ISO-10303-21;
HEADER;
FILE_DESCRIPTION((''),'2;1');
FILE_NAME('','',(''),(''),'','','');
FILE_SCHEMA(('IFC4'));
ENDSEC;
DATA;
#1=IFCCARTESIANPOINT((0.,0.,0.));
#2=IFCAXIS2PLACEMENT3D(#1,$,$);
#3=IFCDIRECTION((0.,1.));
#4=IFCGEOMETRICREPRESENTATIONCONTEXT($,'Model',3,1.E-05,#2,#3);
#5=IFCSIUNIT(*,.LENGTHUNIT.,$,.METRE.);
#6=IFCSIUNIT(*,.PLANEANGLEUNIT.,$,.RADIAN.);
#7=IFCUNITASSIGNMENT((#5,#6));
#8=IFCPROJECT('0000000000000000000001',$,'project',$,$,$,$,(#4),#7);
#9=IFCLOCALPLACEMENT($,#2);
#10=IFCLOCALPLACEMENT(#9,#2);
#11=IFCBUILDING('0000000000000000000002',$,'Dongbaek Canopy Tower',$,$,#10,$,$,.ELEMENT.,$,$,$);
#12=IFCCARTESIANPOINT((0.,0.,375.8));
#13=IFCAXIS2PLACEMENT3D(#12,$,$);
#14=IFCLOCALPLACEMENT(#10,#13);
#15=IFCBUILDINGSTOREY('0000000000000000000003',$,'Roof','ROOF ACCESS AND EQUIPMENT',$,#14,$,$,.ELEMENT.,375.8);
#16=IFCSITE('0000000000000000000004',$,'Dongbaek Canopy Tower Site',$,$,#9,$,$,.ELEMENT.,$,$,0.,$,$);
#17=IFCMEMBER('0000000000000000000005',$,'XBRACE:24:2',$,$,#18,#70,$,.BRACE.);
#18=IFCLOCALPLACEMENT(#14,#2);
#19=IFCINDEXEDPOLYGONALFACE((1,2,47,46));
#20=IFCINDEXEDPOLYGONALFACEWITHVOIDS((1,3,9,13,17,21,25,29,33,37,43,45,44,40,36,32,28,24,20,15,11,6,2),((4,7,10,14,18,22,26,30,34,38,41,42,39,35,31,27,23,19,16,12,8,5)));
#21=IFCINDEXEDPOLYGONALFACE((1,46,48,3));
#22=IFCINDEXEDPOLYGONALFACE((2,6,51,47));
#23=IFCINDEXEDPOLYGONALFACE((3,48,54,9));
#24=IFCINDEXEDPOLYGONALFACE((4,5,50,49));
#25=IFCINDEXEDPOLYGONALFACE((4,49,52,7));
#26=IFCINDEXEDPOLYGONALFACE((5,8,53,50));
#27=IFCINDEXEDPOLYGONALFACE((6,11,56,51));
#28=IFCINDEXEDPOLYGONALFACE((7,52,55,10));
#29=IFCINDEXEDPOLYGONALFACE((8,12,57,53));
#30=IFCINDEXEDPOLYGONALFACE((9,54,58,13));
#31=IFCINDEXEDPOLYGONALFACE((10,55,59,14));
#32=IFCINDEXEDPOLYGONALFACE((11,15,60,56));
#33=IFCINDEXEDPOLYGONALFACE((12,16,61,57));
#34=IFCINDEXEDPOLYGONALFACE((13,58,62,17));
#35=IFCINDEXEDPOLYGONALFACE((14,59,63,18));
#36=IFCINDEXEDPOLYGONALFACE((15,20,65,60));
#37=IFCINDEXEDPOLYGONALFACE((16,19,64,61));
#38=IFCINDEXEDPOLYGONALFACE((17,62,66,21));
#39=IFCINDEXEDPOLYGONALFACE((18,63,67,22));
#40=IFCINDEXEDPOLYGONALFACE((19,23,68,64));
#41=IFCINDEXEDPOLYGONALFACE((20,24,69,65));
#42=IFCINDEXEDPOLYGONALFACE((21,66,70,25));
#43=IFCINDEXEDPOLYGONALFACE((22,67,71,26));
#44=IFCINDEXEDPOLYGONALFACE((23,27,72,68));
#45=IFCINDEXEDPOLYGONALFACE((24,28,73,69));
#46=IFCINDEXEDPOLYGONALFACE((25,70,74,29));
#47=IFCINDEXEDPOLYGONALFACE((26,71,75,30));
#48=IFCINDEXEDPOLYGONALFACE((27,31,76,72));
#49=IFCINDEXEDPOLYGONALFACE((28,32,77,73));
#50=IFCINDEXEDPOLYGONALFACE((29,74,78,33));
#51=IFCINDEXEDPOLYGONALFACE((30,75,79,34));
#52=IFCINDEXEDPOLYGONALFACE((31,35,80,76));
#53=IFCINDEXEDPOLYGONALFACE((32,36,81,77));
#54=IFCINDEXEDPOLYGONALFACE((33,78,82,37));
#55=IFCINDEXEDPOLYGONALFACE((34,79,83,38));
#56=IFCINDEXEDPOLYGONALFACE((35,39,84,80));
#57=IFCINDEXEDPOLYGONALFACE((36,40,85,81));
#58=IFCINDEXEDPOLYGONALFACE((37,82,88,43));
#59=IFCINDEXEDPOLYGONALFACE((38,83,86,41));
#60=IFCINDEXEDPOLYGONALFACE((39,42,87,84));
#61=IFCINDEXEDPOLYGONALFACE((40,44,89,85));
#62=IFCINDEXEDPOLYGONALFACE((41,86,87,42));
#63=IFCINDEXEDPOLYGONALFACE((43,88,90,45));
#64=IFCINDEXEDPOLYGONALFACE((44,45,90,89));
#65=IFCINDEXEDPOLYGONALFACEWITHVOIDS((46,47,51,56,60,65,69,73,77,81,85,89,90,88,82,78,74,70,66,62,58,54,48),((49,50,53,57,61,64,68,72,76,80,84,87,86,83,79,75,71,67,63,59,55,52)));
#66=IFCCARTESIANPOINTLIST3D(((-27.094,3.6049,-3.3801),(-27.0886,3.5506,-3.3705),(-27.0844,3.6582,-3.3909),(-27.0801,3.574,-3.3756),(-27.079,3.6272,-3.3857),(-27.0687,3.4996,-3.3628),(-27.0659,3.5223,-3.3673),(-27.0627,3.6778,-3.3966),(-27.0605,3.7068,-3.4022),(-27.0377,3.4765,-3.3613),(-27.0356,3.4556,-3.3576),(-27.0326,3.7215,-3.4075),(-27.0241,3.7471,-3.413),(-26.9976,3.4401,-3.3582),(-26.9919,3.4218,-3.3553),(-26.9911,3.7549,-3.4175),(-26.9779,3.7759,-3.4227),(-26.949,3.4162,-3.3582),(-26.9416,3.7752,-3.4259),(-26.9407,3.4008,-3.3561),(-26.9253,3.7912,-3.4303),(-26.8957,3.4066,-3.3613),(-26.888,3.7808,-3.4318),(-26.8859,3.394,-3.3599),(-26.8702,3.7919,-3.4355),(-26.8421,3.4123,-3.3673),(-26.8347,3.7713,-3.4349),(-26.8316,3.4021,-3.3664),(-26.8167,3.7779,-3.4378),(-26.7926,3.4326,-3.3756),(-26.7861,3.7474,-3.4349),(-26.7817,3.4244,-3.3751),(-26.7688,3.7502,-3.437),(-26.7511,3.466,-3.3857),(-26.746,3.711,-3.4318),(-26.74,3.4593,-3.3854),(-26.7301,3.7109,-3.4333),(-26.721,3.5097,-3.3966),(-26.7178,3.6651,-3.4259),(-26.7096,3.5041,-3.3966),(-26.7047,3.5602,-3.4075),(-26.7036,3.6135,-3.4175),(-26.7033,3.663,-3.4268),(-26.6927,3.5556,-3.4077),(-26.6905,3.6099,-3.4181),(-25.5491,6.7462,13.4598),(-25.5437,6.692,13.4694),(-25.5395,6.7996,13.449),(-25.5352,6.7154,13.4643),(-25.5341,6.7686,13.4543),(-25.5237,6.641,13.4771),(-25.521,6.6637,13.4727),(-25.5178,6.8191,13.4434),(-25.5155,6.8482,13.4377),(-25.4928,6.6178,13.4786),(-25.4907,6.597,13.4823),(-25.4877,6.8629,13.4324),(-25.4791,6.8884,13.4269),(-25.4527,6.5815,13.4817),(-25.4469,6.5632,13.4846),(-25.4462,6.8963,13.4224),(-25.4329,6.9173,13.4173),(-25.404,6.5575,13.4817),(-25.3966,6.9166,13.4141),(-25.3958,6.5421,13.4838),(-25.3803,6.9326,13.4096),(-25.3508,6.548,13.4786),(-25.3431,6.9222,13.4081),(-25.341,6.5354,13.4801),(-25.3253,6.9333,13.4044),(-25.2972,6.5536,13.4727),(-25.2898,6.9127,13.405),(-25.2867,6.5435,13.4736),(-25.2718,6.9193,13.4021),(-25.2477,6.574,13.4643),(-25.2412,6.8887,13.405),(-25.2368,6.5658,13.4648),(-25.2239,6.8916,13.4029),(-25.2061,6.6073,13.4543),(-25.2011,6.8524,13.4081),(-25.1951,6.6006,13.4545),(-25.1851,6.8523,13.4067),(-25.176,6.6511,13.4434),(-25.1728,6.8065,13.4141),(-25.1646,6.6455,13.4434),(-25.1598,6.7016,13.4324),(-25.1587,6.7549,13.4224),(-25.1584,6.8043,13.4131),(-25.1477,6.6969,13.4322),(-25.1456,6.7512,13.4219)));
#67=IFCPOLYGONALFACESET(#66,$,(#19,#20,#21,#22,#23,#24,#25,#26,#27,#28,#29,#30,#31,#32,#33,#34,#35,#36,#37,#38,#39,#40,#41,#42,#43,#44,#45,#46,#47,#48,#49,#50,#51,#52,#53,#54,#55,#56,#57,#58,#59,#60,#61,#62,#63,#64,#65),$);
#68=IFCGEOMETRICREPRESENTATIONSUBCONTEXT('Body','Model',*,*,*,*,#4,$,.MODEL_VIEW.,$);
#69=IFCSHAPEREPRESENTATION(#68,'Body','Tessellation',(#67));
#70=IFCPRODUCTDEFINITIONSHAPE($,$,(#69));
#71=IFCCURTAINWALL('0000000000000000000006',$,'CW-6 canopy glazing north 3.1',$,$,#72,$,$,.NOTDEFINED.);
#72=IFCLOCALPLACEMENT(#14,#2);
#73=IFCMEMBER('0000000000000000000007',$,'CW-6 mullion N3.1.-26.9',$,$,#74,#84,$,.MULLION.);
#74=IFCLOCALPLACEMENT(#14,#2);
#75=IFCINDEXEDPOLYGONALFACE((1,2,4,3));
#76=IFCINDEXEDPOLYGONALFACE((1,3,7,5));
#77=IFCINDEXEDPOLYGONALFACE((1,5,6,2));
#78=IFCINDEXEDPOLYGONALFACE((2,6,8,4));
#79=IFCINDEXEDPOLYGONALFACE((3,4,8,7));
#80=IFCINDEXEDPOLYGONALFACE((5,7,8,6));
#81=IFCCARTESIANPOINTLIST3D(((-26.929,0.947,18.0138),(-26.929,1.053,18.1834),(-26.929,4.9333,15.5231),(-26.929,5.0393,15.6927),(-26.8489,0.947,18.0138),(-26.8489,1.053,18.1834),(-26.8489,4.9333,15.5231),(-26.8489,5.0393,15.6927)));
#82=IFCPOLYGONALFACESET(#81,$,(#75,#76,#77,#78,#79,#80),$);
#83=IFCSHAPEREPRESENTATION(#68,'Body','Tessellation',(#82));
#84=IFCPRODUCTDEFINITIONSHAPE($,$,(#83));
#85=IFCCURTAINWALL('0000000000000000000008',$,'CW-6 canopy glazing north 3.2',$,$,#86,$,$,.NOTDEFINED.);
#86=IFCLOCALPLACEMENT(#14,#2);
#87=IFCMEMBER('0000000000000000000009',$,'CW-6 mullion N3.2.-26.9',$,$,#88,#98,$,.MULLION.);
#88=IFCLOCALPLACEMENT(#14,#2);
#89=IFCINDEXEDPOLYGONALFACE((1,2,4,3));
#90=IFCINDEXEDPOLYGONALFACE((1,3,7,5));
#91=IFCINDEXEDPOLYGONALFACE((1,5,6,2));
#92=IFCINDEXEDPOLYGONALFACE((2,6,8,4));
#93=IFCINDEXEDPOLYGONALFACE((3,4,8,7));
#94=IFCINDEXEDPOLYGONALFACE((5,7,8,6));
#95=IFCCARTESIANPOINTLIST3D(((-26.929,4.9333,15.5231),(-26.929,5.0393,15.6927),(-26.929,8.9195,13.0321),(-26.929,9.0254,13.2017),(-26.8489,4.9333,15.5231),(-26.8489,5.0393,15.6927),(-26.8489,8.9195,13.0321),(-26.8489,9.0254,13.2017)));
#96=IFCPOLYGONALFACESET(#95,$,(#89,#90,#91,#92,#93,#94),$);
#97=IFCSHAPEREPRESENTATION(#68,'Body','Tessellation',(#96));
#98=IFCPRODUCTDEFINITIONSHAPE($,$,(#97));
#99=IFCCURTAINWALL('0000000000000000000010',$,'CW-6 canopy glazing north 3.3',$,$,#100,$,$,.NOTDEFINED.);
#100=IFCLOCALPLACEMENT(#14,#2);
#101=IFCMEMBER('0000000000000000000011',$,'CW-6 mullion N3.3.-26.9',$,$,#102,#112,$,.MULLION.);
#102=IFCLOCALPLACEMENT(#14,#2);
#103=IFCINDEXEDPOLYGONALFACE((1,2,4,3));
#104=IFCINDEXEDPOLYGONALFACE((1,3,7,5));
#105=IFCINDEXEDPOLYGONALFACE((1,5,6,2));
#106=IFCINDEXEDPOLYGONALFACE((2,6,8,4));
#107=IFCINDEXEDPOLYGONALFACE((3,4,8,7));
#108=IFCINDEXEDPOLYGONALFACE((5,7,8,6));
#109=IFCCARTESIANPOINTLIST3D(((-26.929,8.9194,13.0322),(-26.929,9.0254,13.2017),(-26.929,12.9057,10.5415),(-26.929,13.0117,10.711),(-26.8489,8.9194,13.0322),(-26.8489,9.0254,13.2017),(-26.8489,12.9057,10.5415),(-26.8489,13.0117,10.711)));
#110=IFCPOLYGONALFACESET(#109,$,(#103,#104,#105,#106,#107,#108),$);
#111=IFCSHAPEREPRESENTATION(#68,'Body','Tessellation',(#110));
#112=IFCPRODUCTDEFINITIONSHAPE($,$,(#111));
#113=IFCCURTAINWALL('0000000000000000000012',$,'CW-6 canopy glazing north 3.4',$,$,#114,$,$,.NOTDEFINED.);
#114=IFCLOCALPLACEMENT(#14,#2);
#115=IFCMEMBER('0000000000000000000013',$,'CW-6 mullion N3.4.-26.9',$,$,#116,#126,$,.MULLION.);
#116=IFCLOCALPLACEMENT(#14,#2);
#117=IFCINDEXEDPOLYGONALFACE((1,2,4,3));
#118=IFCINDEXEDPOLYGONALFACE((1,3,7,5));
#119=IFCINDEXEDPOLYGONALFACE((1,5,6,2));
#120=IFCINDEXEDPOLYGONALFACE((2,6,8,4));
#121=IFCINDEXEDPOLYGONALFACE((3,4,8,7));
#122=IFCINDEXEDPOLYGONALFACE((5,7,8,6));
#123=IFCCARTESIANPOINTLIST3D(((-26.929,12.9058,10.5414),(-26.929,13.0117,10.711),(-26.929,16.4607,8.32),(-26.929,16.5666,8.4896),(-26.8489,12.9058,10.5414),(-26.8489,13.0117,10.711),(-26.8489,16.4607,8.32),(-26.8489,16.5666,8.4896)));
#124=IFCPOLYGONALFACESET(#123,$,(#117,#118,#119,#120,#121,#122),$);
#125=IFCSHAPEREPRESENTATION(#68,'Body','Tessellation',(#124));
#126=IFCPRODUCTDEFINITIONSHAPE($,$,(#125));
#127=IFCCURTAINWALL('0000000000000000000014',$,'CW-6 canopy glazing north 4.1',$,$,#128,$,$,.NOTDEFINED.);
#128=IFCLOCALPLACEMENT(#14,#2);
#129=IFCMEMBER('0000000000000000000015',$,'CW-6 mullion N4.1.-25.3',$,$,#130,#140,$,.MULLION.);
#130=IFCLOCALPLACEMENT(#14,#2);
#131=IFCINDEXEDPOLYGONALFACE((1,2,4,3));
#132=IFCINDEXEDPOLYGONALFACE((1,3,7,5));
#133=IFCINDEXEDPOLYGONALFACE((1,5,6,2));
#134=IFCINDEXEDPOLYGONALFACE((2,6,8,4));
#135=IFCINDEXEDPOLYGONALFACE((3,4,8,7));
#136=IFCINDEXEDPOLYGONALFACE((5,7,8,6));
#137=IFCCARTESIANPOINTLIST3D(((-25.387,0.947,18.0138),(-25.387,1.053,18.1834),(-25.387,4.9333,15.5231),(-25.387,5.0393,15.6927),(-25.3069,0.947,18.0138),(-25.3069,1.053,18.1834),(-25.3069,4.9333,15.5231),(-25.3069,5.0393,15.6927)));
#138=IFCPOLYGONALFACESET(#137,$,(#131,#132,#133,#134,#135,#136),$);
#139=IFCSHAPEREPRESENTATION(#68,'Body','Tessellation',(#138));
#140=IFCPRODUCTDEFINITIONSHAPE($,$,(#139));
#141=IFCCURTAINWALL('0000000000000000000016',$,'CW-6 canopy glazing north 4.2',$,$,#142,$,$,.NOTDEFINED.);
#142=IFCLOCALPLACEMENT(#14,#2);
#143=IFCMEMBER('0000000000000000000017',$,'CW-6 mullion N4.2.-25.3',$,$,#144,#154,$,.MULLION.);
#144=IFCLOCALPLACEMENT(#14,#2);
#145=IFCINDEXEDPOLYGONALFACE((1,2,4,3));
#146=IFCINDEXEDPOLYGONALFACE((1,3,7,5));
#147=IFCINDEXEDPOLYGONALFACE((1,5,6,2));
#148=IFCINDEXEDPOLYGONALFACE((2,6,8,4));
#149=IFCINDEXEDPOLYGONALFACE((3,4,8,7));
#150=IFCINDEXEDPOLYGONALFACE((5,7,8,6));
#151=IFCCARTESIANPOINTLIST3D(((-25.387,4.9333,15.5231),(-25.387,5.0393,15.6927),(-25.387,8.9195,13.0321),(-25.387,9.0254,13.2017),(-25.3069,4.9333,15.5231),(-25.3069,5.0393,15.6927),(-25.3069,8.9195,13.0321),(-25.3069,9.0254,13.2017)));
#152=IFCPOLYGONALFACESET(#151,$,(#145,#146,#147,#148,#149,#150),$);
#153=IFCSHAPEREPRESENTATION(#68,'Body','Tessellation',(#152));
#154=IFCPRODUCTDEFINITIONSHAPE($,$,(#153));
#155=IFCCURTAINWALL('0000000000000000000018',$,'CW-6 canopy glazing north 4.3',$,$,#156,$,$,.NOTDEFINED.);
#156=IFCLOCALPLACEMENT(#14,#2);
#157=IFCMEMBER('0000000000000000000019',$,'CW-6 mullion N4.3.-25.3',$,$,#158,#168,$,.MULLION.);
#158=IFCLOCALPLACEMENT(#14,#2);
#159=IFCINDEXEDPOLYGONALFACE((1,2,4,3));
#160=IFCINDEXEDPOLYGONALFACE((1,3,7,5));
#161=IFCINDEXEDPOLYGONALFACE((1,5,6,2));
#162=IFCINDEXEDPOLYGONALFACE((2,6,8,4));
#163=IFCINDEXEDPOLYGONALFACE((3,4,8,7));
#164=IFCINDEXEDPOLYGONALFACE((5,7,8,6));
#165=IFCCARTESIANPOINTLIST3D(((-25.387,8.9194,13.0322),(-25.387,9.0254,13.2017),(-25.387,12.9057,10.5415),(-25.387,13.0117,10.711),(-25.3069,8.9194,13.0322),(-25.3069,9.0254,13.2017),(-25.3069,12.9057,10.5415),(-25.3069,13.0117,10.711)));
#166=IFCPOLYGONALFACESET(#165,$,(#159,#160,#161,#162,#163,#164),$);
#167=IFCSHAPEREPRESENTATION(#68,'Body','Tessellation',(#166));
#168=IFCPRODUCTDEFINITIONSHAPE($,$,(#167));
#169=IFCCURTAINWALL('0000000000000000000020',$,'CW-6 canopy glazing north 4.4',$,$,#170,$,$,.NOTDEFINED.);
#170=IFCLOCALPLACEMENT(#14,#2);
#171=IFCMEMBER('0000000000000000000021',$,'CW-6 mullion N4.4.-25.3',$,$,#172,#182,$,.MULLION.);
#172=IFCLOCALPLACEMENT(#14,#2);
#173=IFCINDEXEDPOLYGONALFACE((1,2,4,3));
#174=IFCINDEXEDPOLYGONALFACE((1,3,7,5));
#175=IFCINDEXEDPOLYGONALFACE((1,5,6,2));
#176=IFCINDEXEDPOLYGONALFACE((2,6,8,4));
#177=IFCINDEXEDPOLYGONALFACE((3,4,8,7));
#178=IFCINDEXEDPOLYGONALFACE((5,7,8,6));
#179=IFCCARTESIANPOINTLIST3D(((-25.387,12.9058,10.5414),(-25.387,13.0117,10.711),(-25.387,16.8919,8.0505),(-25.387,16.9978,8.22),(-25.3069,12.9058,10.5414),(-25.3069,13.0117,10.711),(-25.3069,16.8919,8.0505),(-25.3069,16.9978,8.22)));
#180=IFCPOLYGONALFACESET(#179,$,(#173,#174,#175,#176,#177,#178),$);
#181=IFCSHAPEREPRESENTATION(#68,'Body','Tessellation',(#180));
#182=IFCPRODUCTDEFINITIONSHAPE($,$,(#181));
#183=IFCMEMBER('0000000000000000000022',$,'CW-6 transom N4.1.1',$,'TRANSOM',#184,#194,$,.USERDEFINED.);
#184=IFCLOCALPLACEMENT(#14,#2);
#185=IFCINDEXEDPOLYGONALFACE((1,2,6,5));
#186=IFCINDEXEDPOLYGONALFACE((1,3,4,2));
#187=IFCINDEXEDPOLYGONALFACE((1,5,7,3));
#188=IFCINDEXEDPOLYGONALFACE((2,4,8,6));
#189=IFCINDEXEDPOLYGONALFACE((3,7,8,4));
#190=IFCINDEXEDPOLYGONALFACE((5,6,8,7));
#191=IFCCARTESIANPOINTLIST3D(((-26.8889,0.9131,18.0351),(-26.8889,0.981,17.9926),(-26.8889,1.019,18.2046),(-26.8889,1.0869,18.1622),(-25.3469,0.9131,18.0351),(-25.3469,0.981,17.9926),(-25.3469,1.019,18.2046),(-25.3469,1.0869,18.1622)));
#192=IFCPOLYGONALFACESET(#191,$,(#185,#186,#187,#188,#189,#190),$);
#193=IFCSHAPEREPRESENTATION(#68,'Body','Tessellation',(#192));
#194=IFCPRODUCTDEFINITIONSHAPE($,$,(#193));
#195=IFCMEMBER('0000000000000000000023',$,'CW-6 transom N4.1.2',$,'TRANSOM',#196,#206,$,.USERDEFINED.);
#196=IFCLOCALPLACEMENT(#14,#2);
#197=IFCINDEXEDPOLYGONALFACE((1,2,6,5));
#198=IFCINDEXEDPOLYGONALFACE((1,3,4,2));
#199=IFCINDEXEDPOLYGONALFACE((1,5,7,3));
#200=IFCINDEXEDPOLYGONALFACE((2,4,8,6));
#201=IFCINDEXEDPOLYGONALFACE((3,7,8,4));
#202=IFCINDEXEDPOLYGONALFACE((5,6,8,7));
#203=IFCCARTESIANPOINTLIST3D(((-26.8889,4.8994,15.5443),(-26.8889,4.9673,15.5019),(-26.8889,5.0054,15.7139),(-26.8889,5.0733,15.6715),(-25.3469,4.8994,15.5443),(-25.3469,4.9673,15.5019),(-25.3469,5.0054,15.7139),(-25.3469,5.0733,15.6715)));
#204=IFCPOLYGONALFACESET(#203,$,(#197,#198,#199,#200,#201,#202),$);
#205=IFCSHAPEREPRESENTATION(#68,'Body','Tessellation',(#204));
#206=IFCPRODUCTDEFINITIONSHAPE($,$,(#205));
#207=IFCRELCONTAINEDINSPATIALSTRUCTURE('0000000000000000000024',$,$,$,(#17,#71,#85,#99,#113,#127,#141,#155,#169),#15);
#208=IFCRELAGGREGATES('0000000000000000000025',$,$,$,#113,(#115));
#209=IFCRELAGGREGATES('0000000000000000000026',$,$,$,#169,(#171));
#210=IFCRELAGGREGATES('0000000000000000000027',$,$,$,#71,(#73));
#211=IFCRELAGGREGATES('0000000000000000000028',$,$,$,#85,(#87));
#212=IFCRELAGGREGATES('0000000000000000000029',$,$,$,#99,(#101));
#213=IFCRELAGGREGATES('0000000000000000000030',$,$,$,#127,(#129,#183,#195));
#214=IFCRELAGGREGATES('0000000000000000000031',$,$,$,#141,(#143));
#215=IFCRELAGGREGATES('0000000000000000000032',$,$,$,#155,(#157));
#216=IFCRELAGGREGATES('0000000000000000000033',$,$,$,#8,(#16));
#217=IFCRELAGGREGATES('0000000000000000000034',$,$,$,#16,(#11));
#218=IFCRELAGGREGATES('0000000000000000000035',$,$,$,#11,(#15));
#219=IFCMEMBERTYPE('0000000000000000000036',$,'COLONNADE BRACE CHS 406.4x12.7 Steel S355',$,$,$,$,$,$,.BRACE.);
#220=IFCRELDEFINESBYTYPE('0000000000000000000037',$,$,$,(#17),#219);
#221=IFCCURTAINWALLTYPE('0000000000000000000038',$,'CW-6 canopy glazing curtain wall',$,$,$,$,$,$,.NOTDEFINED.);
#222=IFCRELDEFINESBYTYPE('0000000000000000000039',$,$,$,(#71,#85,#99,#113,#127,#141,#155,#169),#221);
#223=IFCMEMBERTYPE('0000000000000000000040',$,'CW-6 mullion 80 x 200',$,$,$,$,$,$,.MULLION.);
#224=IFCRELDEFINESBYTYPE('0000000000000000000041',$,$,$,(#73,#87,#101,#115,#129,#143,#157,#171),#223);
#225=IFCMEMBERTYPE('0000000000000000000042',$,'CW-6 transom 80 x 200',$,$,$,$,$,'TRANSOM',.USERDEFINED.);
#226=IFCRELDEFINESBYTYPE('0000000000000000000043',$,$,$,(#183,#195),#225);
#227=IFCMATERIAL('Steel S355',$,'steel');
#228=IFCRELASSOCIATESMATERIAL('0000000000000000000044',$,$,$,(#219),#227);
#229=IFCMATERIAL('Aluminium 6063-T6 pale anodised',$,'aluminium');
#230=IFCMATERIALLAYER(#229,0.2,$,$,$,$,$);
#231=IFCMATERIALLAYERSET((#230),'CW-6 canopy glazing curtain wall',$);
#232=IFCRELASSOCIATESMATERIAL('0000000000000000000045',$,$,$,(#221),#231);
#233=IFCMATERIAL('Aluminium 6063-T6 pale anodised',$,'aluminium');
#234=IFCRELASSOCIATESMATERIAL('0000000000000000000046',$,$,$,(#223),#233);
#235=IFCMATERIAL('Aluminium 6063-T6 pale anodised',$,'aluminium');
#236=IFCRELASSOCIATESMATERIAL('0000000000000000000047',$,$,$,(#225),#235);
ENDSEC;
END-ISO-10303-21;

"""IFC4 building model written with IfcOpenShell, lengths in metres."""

from ifc_helpers import new_model, si_unit, direction, frame, origin, origin_2d, place, context, subcontext, project, spatial, rectangle, hollow_circle, extrude, material, layer, layer_set, material_profile, profile_set, type_object, element, aggregate, save


model = new_model("IFC4")

# Units and contexts
model_context = context("Model", 3, precision=1e-05, world=origin(), true_north=direction((0.0, 1.0)))
body_context = subcontext(model_context, "Body", "Model", "MODEL_VIEW")
ifc_project = project(units=[si_unit("LENGTHUNIT", "METRE"), si_unit("PLANEANGLEUNIT", "RADIAN")], contexts=[model_context])

# Site, building, storey
site_placement = place(None, origin())
site = spatial("IfcSite", under=ifc_project, at=site_placement, Name="Dongbaek Canopy Tower Site", CompositionType="ELEMENT", RefElevation=0.0)
building_placement = place(site_placement, origin())
building = spatial("IfcBuilding", under=site, at=building_placement, Name="Dongbaek Canopy Tower", CompositionType="ELEMENT")
storey_placement = place(building_placement, frame((0.0, 0.0, 375.8)))
storey = spatial("IfcBuildingStorey", under=building, at=storey_placement, Name="Roof", Description="ROOF ACCESS AND EQUIPMENT", CompositionType="ELEMENT", Elevation=375.8)

# Member
ifc_material_1 = material(Name="Steel S355", Category="steel")
ifc_material_profile_1 = material_profile(ifc_material_1, hollow_circle(Radius=0.2031, WallThickness=0.0127, at=origin_2d()), Name="COLONNADE BRACE CHS 406.4x12.7 Steel S355")
ifc_profile_set_1 = profile_set([ifc_material_profile_1], Name="Steel S355")
member_type_1 = type_object("IfcMemberType", Name="COLONNADE BRACE CHS 406.4x12.7 Steel S355", PredefinedType="BRACE", material=ifc_profile_set_1)
member_1_placement = place(storey_placement, frame((-25.3469, 6.7351, 13.4434), z_axis=(-0.089822, -0.182639, -0.979069), x_axis=(0.897351, -0.441318, 0.0)))
element("IfcMember", 1, at=member_1_placement, inside=storey, type_object=member_type_1, Name="XBRACE:24:2", PredefinedType="BRACE", context=body_context, shape_type="SweptSolid", body=[
    extrude(hollow_circle(Radius=0.2031, WallThickness=0.0127, at=origin_2d()), origin(), (0.0, 0.0, 1.0), 17.2),
])

# Curtain walls, members
ifc_material_2 = material(Name="Aluminium 6063-T6 pale anodised", Category="aluminium")
ifc_layer_1 = layer(ifc_material_2, 0.2)
ifc_layer_set_1 = layer_set([ifc_layer_1], Name="CW-6 canopy glazing curtain wall")
curtain_wall_type = type_object("IfcCurtainWallType", Name="CW-6 canopy glazing curtain wall", PredefinedType="NOTDEFINED", material=ifc_layer_set_1)
curtain_wall_1_placement = place(storey_placement, origin())
curtain_wall_1 = element("IfcCurtainWall", 2, at=curtain_wall_1_placement, inside=storey, type_object=curtain_wall_type, Name="CW-6 canopy glazing north 3.1", PredefinedType="NOTDEFINED")
ifc_material_3 = material(Name="Aluminium 6063-T6 pale anodised", Category="aluminium")
ifc_material_profile_2 = material_profile(ifc_material_3, rectangle(XDim=0.0801, YDim=0.2, at=origin_2d()), Name="CW-6 mullion 80 x 200")
ifc_profile_set_2 = profile_set([ifc_material_profile_2], Name="Aluminium 6063-T6 pale anodised")
member_type_2 = type_object("IfcMemberType", Name="CW-6 mullion 80 x 200", PredefinedType="MULLION", material=ifc_profile_set_2)
member_2_placement = place(storey_placement, frame((-26.8889, 1.0, 18.0986), z_axis=(0.0, 0.848068, -0.529887), x_axis=(-1.0, 0.0, 0.0)))
member_2 = element("IfcMember", 3, at=member_2_placement, type_object=member_type_2, Name="CW-6 mullion N3.1.-26.9", PredefinedType="MULLION", context=body_context, shape_type="SweptSolid", body=[
    extrude(rectangle(XDim=0.0801, YDim=0.2, at=origin_2d()), origin(), (0.0, 0.0, 1.0), 4.7004),
])
curtain_wall_2_placement = place(storey_placement, origin())
curtain_wall_2 = element("IfcCurtainWall", 4, at=curtain_wall_2_placement, inside=storey, type_object=curtain_wall_type, Name="CW-6 canopy glazing north 3.2", PredefinedType="NOTDEFINED")
member_3_placement = place(storey_placement, frame((-26.8889, 4.9863, 15.6079), z_axis=(0.0, 0.84803, -0.529948), x_axis=(-1.0, 0.0, 0.0)))
member_3 = element("IfcMember", 5, at=member_3_placement, type_object=member_type_2, Name="CW-6 mullion N3.2.-26.9", PredefinedType="MULLION", context=body_context, shape_type="SweptSolid", body=[
    extrude(rectangle(XDim=0.0801, YDim=0.2, at=origin_2d()), origin(), (0.0, 0.0, 1.0), 4.7004),
])
curtain_wall_3_placement = place(storey_placement, origin())
curtain_wall_3 = element("IfcCurtainWall", 6, at=curtain_wall_3_placement, inside=storey, type_object=curtain_wall_type, Name="CW-6 canopy glazing north 3.3", PredefinedType="NOTDEFINED")
member_4_placement = place(storey_placement, frame((-26.8889, 8.9724, 13.1169), z_axis=(0.0, 0.848068, -0.529887), x_axis=(-1.0, 0.0, 0.0)))
member_4 = element("IfcMember", 7, at=member_4_placement, type_object=member_type_2, Name="CW-6 mullion N3.3.-26.9", PredefinedType="MULLION", context=body_context, shape_type="SweptSolid", body=[
    extrude(rectangle(XDim=0.0801, YDim=0.2, at=origin_2d()), origin(), (0.0, 0.0, 1.0), 4.7004),
])
curtain_wall_4_placement = place(storey_placement, origin())
curtain_wall_4 = element("IfcCurtainWall", 8, at=curtain_wall_4_placement, inside=storey, type_object=curtain_wall_type, Name="CW-6 canopy glazing north 3.4", PredefinedType="NOTDEFINED")
member_5_placement = place(storey_placement, frame((-26.8889, 12.9587, 10.6262), z_axis=(0.0, 0.848041, -0.529931), x_axis=(-1.0, 0.0, 0.0)))
member_5 = element("IfcMember", 9, at=member_5_placement, type_object=member_type_2, Name="CW-6 mullion N3.4.-26.9", PredefinedType="MULLION", context=body_context, shape_type="SweptSolid", body=[
    extrude(rectangle(XDim=0.0801, YDim=0.2, at=origin_2d()), origin(), (0.0, 0.0, 1.0), 4.1919),
])
aggregate(curtain_wall_4, [member_5])
curtain_wall_5_placement = place(storey_placement, origin())
curtain_wall_5 = element("IfcCurtainWall", 10, at=curtain_wall_5_placement, inside=storey, type_object=curtain_wall_type, Name="CW-6 canopy glazing north 4.1", PredefinedType="NOTDEFINED")
member_6_placement = place(storey_placement, frame((-25.3469, 1.0, 18.0986), z_axis=(0.0, 0.848068, -0.529887), x_axis=(-1.0, 0.0, 0.0)))
member_6 = element("IfcMember", 11, at=member_6_placement, type_object=member_type_2, Name="CW-6 mullion N4.1.-25.3", PredefinedType="MULLION", context=body_context, shape_type="SweptSolid", body=[
    extrude(rectangle(XDim=0.0801, YDim=0.2, at=origin_2d()), origin(), (0.0, 0.0, 1.0), 4.7004),
])
curtain_wall_6_placement = place(storey_placement, origin())
curtain_wall_6 = element("IfcCurtainWall", 12, at=curtain_wall_6_placement, inside=storey, type_object=curtain_wall_type, Name="CW-6 canopy glazing north 4.2", PredefinedType="NOTDEFINED")
member_7_placement = place(storey_placement, frame((-25.3469, 4.9863, 15.6079), z_axis=(0.0, 0.84803, -0.529948), x_axis=(-1.0, 0.0, 0.0)))
member_7 = element("IfcMember", 13, at=member_7_placement, type_object=member_type_2, Name="CW-6 mullion N4.2.-25.3", PredefinedType="MULLION", context=body_context, shape_type="SweptSolid", body=[
    extrude(rectangle(XDim=0.0801, YDim=0.2, at=origin_2d()), origin(), (0.0, 0.0, 1.0), 4.7004),
])
curtain_wall_7_placement = place(storey_placement, origin())
curtain_wall_7 = element("IfcCurtainWall", 14, at=curtain_wall_7_placement, inside=storey, type_object=curtain_wall_type, Name="CW-6 canopy glazing north 4.3", PredefinedType="NOTDEFINED")
member_8_placement = place(storey_placement, frame((-25.3469, 8.9724, 13.1169), z_axis=(0.0, 0.848068, -0.529887), x_axis=(-1.0, 0.0, 0.0)))
member_8 = element("IfcMember", 15, at=member_8_placement, type_object=member_type_2, Name="CW-6 mullion N4.3.-25.3", PredefinedType="MULLION", context=body_context, shape_type="SweptSolid", body=[
    extrude(rectangle(XDim=0.0801, YDim=0.2, at=origin_2d()), origin(), (0.0, 0.0, 1.0), 4.7004),
])
curtain_wall_8_placement = place(storey_placement, origin())
curtain_wall_8 = element("IfcCurtainWall", 16, at=curtain_wall_8_placement, inside=storey, type_object=curtain_wall_type, Name="CW-6 canopy glazing north 4.4", PredefinedType="NOTDEFINED")
member_9_placement = place(storey_placement, frame((-25.3469, 12.9587, 10.6262), z_axis=(0.0, 0.84803, -0.529948), x_axis=(-1.0, 0.0, 0.0)))
member_9 = element("IfcMember", 17, at=member_9_placement, type_object=member_type_2, Name="CW-6 mullion N4.4.-25.3", PredefinedType="MULLION", context=body_context, shape_type="SweptSolid", body=[
    extrude(rectangle(XDim=0.0801, YDim=0.2, at=origin_2d()), origin(), (0.0, 0.0, 1.0), 4.7004),
])
aggregate(curtain_wall_8, [member_9])

# Members
ifc_material_4 = material(Name="Aluminium 6063-T6 pale anodised", Category="aluminium")
ifc_material_profile_3 = material_profile(ifc_material_4, rectangle(XDim=0.0801, YDim=0.2, at=origin_2d()), Name="CW-6 transom 80 x 200")
ifc_profile_set_3 = profile_set([ifc_material_profile_3], Name="Aluminium 6063-T6 pale anodised")
member_type_3 = type_object("IfcMemberType", Name="CW-6 transom 80 x 200", ElementType="TRANSOM", PredefinedType="USERDEFINED", material=ifc_profile_set_3)
member_10_placement = place(storey_placement, frame((-26.8889, 1.0, 18.0986), z_axis=(1.0, 0.0, 0.0), x_axis=(0.0, 0.848048, -0.529919)))
member_10 = element("IfcMember", 18, at=member_10_placement, type_object=member_type_3, Name="CW-6 transom N4.1.1", ObjectType="TRANSOM", PredefinedType="USERDEFINED", context=body_context, shape_type="SweptSolid", body=[
    extrude(rectangle(XDim=0.0801, YDim=0.2, at=origin_2d()), origin(), (0.0, 0.0, 1.0), 1.542),
])
member_11_placement = place(storey_placement, frame((-26.8889, 4.9863, 15.6079), z_axis=(1.0, 0.0, 0.0), x_axis=(0.0, 0.848048, -0.529919)))
member_11 = element("IfcMember", 19, at=member_11_placement, type_object=member_type_3, Name="CW-6 transom N4.1.2", ObjectType="TRANSOM", PredefinedType="USERDEFINED", context=body_context, shape_type="SweptSolid", body=[
    extrude(rectangle(XDim=0.0801, YDim=0.2, at=origin_2d()), origin(), (0.0, 0.0, 1.0), 1.542),
])

aggregate(curtain_wall_1, [member_2])
aggregate(curtain_wall_2, [member_3])
aggregate(curtain_wall_3, [member_4])
aggregate(curtain_wall_5, [member_6, member_10, member_11])
aggregate(curtain_wall_6, [member_7])
aggregate(curtain_wall_7, [member_8])

save(model, "model.ifc")
